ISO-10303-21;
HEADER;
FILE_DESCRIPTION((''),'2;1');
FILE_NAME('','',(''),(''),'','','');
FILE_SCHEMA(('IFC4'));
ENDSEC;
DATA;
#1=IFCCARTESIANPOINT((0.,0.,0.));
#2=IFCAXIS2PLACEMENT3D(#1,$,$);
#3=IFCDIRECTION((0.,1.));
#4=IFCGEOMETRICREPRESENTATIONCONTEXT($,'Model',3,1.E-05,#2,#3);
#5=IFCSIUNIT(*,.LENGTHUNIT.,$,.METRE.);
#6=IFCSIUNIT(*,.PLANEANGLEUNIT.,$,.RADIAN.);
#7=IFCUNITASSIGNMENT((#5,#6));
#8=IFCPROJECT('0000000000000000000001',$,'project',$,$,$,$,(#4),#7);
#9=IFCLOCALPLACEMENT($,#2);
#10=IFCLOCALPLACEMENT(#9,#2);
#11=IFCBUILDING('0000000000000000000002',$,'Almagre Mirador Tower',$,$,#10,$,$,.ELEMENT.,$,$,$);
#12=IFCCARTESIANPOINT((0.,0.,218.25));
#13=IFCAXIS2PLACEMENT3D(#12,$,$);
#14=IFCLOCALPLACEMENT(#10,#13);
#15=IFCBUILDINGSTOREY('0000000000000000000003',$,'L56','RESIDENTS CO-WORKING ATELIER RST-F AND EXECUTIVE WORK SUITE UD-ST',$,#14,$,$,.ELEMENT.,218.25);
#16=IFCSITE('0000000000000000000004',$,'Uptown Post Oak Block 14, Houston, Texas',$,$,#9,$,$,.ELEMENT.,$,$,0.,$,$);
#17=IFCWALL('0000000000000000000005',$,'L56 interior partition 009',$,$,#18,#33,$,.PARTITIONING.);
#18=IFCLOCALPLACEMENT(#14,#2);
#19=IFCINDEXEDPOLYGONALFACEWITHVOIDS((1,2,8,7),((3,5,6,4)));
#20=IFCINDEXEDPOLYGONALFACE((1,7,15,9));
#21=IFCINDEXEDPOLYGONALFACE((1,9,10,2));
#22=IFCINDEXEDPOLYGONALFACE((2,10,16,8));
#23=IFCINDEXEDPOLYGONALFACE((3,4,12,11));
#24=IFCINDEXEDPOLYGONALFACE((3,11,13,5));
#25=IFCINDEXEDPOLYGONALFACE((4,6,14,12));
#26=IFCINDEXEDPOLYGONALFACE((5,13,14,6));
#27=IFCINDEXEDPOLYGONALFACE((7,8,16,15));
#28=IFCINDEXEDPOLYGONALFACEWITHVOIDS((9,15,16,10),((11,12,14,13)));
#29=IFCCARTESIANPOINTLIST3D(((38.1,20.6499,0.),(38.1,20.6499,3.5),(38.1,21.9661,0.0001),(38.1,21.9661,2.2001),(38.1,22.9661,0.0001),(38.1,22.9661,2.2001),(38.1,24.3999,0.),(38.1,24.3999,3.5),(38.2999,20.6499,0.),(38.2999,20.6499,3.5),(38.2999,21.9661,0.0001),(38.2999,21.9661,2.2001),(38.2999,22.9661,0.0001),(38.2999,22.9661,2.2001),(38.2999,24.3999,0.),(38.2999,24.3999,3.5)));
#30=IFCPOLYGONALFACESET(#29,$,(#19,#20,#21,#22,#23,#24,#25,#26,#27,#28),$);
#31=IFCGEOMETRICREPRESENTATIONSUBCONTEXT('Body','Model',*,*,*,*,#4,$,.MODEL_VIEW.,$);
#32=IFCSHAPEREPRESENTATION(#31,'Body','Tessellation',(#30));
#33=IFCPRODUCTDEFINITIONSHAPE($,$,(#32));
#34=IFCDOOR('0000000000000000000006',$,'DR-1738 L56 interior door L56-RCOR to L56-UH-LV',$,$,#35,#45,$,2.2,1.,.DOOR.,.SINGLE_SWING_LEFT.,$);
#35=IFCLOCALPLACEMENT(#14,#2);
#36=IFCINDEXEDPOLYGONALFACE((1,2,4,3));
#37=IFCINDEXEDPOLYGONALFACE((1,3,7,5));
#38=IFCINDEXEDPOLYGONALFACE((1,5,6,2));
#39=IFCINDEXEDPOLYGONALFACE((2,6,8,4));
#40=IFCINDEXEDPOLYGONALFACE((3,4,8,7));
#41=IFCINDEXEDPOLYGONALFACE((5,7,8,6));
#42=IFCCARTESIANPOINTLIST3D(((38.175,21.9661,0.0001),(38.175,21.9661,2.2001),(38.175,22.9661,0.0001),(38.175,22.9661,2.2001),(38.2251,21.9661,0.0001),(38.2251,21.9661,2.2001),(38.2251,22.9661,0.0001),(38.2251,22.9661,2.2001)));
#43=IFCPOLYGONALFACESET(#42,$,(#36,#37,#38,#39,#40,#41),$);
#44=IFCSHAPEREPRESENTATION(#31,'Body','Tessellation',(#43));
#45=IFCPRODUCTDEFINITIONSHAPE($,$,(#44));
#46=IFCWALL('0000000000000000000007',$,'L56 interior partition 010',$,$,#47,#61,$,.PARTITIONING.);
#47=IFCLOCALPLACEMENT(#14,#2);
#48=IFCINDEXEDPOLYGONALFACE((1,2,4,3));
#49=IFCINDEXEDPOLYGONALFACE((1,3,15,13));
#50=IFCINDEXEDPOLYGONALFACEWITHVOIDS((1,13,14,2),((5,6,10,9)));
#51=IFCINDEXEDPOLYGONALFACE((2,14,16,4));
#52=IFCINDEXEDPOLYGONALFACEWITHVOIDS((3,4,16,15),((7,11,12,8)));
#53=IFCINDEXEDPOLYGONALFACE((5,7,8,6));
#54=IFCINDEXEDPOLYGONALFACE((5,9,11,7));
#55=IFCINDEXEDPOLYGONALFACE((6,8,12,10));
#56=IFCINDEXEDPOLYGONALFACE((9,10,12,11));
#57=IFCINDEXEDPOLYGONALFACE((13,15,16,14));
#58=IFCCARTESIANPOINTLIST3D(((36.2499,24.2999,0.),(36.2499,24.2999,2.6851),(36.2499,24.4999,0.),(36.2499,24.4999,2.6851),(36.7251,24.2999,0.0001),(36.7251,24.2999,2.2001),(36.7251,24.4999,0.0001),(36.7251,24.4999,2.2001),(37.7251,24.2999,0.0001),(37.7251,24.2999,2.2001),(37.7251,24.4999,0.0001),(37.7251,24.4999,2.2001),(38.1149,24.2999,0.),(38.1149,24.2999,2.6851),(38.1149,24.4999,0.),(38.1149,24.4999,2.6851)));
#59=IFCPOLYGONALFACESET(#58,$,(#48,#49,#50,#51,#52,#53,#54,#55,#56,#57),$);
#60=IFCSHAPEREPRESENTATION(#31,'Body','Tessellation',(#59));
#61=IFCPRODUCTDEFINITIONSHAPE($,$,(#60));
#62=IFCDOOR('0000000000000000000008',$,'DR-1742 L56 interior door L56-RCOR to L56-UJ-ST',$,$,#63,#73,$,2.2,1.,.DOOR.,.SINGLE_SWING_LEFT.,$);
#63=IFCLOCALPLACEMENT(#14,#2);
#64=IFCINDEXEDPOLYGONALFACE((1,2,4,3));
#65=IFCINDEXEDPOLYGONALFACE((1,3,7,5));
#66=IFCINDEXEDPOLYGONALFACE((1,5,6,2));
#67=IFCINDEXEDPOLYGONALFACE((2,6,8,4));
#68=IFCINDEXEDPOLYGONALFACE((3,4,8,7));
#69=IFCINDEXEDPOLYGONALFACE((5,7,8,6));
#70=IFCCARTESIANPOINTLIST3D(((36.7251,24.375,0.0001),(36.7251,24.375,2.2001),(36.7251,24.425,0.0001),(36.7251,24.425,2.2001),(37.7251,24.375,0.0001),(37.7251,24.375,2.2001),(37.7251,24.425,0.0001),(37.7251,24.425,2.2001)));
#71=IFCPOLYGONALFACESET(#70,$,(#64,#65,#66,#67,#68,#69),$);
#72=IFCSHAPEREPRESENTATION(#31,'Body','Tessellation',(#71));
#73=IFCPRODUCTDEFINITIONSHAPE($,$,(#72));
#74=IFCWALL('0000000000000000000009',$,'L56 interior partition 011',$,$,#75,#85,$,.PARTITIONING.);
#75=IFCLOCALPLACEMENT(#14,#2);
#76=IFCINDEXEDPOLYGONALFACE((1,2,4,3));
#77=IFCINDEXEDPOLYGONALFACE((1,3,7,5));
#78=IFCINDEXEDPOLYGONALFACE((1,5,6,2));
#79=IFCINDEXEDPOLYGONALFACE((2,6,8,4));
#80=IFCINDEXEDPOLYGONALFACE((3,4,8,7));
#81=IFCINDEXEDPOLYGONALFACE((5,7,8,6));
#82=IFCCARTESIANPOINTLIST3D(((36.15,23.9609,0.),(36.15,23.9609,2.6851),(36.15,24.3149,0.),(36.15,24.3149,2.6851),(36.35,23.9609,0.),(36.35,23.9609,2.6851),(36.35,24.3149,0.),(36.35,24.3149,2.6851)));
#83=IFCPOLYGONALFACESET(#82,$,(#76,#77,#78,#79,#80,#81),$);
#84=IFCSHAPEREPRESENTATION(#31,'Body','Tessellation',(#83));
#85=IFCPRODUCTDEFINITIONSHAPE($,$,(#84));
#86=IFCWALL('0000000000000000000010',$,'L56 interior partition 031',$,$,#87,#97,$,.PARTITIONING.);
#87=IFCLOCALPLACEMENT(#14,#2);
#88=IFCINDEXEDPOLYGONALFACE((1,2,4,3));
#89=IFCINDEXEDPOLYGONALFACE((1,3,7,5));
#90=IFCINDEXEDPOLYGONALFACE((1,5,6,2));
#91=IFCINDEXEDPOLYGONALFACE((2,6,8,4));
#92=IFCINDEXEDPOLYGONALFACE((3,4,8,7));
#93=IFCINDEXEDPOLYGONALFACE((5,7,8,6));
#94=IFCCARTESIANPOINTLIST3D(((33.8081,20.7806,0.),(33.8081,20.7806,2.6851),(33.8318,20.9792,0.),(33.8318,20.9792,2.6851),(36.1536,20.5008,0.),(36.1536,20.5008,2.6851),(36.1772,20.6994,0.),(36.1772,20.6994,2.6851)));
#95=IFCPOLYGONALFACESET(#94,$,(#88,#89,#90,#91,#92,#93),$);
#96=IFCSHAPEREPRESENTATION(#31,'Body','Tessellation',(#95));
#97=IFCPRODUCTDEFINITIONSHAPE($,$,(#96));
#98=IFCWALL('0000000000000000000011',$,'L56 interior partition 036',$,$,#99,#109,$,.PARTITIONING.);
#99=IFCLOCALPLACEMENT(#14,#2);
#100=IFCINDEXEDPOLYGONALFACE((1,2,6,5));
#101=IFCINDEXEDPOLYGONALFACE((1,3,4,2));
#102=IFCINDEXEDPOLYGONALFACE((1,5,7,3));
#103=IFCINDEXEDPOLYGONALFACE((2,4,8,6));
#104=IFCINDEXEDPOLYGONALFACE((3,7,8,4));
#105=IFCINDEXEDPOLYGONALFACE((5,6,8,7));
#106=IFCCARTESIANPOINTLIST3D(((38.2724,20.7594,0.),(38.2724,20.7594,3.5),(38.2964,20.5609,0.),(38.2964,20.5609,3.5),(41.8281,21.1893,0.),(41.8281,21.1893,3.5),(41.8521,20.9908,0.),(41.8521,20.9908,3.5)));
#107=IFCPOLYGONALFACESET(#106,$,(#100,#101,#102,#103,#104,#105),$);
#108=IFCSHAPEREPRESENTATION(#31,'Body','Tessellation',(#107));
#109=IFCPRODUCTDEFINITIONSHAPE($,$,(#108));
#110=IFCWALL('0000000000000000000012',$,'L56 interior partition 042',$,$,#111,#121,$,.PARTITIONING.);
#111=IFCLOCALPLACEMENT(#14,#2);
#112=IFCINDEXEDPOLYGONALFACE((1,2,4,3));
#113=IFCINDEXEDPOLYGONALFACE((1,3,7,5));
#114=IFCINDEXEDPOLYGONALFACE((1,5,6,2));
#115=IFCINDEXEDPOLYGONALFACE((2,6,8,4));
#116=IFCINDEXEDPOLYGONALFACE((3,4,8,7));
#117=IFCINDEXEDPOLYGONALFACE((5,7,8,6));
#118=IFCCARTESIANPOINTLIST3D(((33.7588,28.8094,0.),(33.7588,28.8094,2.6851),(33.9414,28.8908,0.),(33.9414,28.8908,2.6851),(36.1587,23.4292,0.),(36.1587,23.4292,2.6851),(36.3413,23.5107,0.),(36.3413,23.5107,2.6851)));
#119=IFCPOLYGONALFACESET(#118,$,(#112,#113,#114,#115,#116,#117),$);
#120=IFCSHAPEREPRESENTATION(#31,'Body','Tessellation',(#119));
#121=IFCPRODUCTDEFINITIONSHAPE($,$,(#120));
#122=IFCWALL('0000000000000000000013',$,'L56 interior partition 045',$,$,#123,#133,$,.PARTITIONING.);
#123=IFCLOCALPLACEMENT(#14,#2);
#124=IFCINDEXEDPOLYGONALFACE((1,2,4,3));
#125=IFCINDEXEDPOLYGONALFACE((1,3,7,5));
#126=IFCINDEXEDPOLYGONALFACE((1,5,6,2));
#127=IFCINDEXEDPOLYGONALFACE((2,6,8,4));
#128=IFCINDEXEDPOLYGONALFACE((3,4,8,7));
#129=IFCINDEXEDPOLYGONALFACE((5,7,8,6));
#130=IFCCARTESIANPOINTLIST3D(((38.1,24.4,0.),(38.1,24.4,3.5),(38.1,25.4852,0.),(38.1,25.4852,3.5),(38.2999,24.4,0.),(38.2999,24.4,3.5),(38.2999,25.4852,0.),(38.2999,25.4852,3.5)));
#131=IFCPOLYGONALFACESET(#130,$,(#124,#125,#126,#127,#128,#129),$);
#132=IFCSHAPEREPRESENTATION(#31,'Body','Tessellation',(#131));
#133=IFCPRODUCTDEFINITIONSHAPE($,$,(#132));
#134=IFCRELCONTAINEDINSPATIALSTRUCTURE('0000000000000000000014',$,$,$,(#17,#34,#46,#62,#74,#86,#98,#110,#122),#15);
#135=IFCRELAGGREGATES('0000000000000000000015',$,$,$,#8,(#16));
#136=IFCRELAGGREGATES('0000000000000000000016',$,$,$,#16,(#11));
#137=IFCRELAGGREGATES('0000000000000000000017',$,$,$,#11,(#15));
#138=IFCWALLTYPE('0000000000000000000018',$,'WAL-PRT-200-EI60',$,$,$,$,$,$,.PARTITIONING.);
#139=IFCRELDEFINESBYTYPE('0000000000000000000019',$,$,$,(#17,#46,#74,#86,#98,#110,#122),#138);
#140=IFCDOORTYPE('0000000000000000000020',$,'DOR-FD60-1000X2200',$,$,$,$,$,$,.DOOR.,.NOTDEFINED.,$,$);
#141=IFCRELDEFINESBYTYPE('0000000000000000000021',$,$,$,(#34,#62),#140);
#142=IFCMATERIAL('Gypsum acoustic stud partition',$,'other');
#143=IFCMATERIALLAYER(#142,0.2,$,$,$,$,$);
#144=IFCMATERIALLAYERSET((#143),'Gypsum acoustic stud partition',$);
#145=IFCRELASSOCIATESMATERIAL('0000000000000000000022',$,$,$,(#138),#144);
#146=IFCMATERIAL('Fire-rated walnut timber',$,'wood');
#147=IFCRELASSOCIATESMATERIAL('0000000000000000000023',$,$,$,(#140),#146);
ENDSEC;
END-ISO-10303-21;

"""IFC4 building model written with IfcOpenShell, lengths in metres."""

from ifc_helpers import new_model, si_unit, direction, frame, frame_2d, origin, place, context, subcontext, project, spatial, rectangle, extrude, material, layer, layer_set, type_object, element, fill, save


model = new_model("IFC4")

# Units and contexts
model_context = context("Model", 3, precision=1e-05, world=origin(), true_north=direction((0.0, 1.0)))
body_context = subcontext(model_context, "Body", "Model", "MODEL_VIEW")
ifc_project = project(units=[si_unit("LENGTHUNIT", "METRE"), si_unit("PLANEANGLEUNIT", "RADIAN")], contexts=[model_context])

# Site, building, storey
site_placement = place(None, origin())
site = spatial("IfcSite", under=ifc_project, at=site_placement, Name="Uptown Post Oak Block 14, Houston, Texas", CompositionType="ELEMENT", RefElevation=0.0)
building_placement = place(site_placement, origin())
building = spatial("IfcBuilding", under=site, at=building_placement, Name="Almagre Mirador Tower", CompositionType="ELEMENT")
storey_placement = place(building_placement, frame((0.0, 0.0, 218.25)))
storey = spatial("IfcBuildingStorey", under=building, at=storey_placement, Name="L56", Description="RESIDENTS CO-WORKING ATELIER RST-F AND EXECUTIVE WORK SUITE UD-ST", CompositionType="ELEMENT", Elevation=218.25)

# Shared definitions
ifc_material_1 = material(Name="Gypsum acoustic stud partition", Category="other")
ifc_layer_1 = layer(ifc_material_1, 0.2)
ifc_layer_set_1 = layer_set([ifc_layer_1], Name="Gypsum acoustic stud partition")
wall_type_1 = type_object("IfcWallType", Name="WAL-PRT-200-EI60", PredefinedType="PARTITIONING", material=ifc_layer_set_1)

# Shared definitions
ifc_material_2 = material(Name="Fire-rated walnut timber", Category="wood")
door_type_1 = type_object("IfcDoorType", Name="DOR-FD60-1000X2200", OperationType="NOTDEFINED", PredefinedType="DOOR", material=ifc_material_2)

# Walls, openings, doors
wall_1_placement = place(storey_placement, frame((38.2, 20.6499, 0.0), z_axis=(0.0, 0.0, 1.0), x_axis=(0.0, 1.0, 0.0)))
wall_1 = element("IfcWall", 1, at=wall_1_placement, inside=storey, type_object=wall_type_1, Name="L56 interior partition 009", PredefinedType="PARTITIONING", context=body_context, shape_type="SweptSolid", body=[
    extrude(rectangle(XDim=3.75, YDim=0.2, at=frame_2d((1.875, 0.0))), origin(), (0.0, 0.0, 1.0), 3.5),
])
opening_1_placement = place(wall_1_placement, frame((1.3162, 0.0, 0.0)))
opening_1 = element("IfcOpeningElement", 2, at=opening_1_placement, cuts=wall_1, PredefinedType="OPENING", context=body_context, shape_type="SweptSolid", body=[
    extrude(rectangle(XDim=1.0, YDim=2.2, at=frame_2d((0.5, 1.1001))), frame((0.0, 0.1101, 0.0), z_axis=(0.0, -1.0, 0.0), x_axis=(1.0, 0.0, 0.0)), (0.0, 0.0, 1.0), 0.22),
])
door_1_placement = place(opening_1_placement, origin())
door_1 = element("IfcDoor", 3, at=door_1_placement, inside=storey, type_object=door_type_1, Name="DR-1738 L56 interior door L56-RCOR to L56-UH-LV", OperationType="SINGLE_SWING_LEFT", OverallHeight=2.2, OverallWidth=1.0, PredefinedType="DOOR", context=body_context, shape_type="SweptSolid", body=[
    extrude(rectangle(XDim=1.0, YDim=2.2, at=frame_2d((0.5, 1.1001))), frame((0.0, 0.0249, 0.0), z_axis=(0.0, -1.0, 0.0), x_axis=(1.0, 0.0, 0.0)), (0.0, 0.0, 1.0), 0.05),
])
fill(opening_1, door_1)
wall_2_placement = place(storey_placement, frame((38.115, 24.3999, 0.0), z_axis=(0.0, 0.0, 1.0), x_axis=(-1.0, 0.0, 0.0)))
wall_2 = element("IfcWall", 4, at=wall_2_placement, inside=storey, type_object=wall_type_1, Name="L56 interior partition 010", PredefinedType="PARTITIONING", context=body_context, shape_type="SweptSolid", body=[
    extrude(rectangle(XDim=1.865, YDim=0.2, at=frame_2d((0.9326, 0.0))), origin(), (0.0, 0.0, 1.0), 2.6851),
])
opening_2_placement = place(wall_2_placement, frame((0.3899, 0.0, 0.0)))
opening_2 = element("IfcOpeningElement", 5, at=opening_2_placement, cuts=wall_2, PredefinedType="OPENING", context=body_context, shape_type="SweptSolid", body=[
    extrude(rectangle(XDim=1.0, YDim=2.2, at=frame_2d((0.5, 1.1001))), frame((0.0, 0.1101, 0.0), z_axis=(0.0, -1.0, 0.0), x_axis=(1.0, 0.0, 0.0)), (0.0, 0.0, 1.0), 0.22),
])
door_2_placement = place(opening_2_placement, origin())
door_2 = element("IfcDoor", 6, at=door_2_placement, inside=storey, type_object=door_type_1, Name="DR-1742 L56 interior door L56-RCOR to L56-UJ-ST", OperationType="SINGLE_SWING_LEFT", OverallHeight=2.2, OverallWidth=1.0, PredefinedType="DOOR", context=body_context, shape_type="SweptSolid", body=[
    extrude(rectangle(XDim=1.0, YDim=2.2, at=frame_2d((0.5, 1.1001))), frame((0.0, 0.0249, 0.0), z_axis=(0.0, -1.0, 0.0), x_axis=(1.0, 0.0, 0.0)), (0.0, 0.0, 1.0), 0.05),
])
fill(opening_2, door_2)

# Walls
wall_3_placement = place(storey_placement, frame((36.25, 24.3149, 0.0), z_axis=(0.0, 0.0, 1.0), x_axis=(0.0, -1.0, 0.0)))
element("IfcWall", 7, at=wall_3_placement, inside=storey, type_object=wall_type_1, Name="L56 interior partition 011", PredefinedType="PARTITIONING", context=body_context, shape_type="SweptSolid", body=[
    extrude(rectangle(XDim=0.354, YDim=0.2, at=frame_2d((0.177, 0.0))), origin(), (0.0, 0.0, 1.0), 2.6851),
])
wall_4_placement = place(storey_placement, frame((36.1655, 20.6001, 0.0), z_axis=(0.0, 0.0, 1.0), x_axis=(-0.99296, 0.118448, 0.0)))
element("IfcWall", 8, at=wall_4_placement, inside=storey, type_object=wall_type_1, Name="L56 interior partition 031", PredefinedType="PARTITIONING", context=body_context, shape_type="SweptSolid", body=[
    extrude(rectangle(XDim=2.3621, YDim=0.2, at=frame_2d((1.1812, 0.0))), origin(), (0.0, 0.0, 1.0), 2.6851),
])
wall_5_placement = place(storey_placement, frame((41.8401, 21.0901, 0.0), z_axis=(0.0, 0.0, 1.0), x_axis=(-0.992769, -0.12004, 0.0)))
element("IfcWall", 9, at=wall_5_placement, inside=storey, type_object=wall_type_1, Name="L56 interior partition 036", PredefinedType="PARTITIONING", context=body_context, shape_type="SweptSolid", body=[
    extrude(rectangle(XDim=3.5815, YDim=0.2, at=frame_2d((1.7908, 0.0))), origin(), (0.0, 0.0, 1.0), 3.5),
])
wall_6_placement = place(storey_placement, frame((36.25, 23.47, 0.0), z_axis=(0.0, 0.0, 1.0), x_axis=(-0.407376, 0.91326, 0.0)))
element("IfcWall", 10, at=wall_6_placement, inside=storey, type_object=wall_type_1, Name="L56 interior partition 042", PredefinedType="PARTITIONING", context=body_context, shape_type="SweptSolid", body=[
    extrude(rectangle(XDim=5.8911, YDim=0.2, at=frame_2d((2.9456, 0.0))), origin(), (0.0, 0.0, 1.0), 2.6851),
])
wall_7_placement = place(storey_placement, frame((38.2, 25.4851, 0.0), z_axis=(0.0, 0.0, 1.0), x_axis=(0.0, -1.0, 0.0)))
element("IfcWall", 11, at=wall_7_placement, inside=storey, type_object=wall_type_1, Name="L56 interior partition 045", PredefinedType="PARTITIONING", context=body_context, shape_type="SweptSolid", body=[
    extrude(rectangle(XDim=1.0852, YDim=0.2, at=frame_2d((0.5425, 0.0))), origin(), (0.0, 0.0, 1.0), 3.5),
])

save(model, "model.ifc")
